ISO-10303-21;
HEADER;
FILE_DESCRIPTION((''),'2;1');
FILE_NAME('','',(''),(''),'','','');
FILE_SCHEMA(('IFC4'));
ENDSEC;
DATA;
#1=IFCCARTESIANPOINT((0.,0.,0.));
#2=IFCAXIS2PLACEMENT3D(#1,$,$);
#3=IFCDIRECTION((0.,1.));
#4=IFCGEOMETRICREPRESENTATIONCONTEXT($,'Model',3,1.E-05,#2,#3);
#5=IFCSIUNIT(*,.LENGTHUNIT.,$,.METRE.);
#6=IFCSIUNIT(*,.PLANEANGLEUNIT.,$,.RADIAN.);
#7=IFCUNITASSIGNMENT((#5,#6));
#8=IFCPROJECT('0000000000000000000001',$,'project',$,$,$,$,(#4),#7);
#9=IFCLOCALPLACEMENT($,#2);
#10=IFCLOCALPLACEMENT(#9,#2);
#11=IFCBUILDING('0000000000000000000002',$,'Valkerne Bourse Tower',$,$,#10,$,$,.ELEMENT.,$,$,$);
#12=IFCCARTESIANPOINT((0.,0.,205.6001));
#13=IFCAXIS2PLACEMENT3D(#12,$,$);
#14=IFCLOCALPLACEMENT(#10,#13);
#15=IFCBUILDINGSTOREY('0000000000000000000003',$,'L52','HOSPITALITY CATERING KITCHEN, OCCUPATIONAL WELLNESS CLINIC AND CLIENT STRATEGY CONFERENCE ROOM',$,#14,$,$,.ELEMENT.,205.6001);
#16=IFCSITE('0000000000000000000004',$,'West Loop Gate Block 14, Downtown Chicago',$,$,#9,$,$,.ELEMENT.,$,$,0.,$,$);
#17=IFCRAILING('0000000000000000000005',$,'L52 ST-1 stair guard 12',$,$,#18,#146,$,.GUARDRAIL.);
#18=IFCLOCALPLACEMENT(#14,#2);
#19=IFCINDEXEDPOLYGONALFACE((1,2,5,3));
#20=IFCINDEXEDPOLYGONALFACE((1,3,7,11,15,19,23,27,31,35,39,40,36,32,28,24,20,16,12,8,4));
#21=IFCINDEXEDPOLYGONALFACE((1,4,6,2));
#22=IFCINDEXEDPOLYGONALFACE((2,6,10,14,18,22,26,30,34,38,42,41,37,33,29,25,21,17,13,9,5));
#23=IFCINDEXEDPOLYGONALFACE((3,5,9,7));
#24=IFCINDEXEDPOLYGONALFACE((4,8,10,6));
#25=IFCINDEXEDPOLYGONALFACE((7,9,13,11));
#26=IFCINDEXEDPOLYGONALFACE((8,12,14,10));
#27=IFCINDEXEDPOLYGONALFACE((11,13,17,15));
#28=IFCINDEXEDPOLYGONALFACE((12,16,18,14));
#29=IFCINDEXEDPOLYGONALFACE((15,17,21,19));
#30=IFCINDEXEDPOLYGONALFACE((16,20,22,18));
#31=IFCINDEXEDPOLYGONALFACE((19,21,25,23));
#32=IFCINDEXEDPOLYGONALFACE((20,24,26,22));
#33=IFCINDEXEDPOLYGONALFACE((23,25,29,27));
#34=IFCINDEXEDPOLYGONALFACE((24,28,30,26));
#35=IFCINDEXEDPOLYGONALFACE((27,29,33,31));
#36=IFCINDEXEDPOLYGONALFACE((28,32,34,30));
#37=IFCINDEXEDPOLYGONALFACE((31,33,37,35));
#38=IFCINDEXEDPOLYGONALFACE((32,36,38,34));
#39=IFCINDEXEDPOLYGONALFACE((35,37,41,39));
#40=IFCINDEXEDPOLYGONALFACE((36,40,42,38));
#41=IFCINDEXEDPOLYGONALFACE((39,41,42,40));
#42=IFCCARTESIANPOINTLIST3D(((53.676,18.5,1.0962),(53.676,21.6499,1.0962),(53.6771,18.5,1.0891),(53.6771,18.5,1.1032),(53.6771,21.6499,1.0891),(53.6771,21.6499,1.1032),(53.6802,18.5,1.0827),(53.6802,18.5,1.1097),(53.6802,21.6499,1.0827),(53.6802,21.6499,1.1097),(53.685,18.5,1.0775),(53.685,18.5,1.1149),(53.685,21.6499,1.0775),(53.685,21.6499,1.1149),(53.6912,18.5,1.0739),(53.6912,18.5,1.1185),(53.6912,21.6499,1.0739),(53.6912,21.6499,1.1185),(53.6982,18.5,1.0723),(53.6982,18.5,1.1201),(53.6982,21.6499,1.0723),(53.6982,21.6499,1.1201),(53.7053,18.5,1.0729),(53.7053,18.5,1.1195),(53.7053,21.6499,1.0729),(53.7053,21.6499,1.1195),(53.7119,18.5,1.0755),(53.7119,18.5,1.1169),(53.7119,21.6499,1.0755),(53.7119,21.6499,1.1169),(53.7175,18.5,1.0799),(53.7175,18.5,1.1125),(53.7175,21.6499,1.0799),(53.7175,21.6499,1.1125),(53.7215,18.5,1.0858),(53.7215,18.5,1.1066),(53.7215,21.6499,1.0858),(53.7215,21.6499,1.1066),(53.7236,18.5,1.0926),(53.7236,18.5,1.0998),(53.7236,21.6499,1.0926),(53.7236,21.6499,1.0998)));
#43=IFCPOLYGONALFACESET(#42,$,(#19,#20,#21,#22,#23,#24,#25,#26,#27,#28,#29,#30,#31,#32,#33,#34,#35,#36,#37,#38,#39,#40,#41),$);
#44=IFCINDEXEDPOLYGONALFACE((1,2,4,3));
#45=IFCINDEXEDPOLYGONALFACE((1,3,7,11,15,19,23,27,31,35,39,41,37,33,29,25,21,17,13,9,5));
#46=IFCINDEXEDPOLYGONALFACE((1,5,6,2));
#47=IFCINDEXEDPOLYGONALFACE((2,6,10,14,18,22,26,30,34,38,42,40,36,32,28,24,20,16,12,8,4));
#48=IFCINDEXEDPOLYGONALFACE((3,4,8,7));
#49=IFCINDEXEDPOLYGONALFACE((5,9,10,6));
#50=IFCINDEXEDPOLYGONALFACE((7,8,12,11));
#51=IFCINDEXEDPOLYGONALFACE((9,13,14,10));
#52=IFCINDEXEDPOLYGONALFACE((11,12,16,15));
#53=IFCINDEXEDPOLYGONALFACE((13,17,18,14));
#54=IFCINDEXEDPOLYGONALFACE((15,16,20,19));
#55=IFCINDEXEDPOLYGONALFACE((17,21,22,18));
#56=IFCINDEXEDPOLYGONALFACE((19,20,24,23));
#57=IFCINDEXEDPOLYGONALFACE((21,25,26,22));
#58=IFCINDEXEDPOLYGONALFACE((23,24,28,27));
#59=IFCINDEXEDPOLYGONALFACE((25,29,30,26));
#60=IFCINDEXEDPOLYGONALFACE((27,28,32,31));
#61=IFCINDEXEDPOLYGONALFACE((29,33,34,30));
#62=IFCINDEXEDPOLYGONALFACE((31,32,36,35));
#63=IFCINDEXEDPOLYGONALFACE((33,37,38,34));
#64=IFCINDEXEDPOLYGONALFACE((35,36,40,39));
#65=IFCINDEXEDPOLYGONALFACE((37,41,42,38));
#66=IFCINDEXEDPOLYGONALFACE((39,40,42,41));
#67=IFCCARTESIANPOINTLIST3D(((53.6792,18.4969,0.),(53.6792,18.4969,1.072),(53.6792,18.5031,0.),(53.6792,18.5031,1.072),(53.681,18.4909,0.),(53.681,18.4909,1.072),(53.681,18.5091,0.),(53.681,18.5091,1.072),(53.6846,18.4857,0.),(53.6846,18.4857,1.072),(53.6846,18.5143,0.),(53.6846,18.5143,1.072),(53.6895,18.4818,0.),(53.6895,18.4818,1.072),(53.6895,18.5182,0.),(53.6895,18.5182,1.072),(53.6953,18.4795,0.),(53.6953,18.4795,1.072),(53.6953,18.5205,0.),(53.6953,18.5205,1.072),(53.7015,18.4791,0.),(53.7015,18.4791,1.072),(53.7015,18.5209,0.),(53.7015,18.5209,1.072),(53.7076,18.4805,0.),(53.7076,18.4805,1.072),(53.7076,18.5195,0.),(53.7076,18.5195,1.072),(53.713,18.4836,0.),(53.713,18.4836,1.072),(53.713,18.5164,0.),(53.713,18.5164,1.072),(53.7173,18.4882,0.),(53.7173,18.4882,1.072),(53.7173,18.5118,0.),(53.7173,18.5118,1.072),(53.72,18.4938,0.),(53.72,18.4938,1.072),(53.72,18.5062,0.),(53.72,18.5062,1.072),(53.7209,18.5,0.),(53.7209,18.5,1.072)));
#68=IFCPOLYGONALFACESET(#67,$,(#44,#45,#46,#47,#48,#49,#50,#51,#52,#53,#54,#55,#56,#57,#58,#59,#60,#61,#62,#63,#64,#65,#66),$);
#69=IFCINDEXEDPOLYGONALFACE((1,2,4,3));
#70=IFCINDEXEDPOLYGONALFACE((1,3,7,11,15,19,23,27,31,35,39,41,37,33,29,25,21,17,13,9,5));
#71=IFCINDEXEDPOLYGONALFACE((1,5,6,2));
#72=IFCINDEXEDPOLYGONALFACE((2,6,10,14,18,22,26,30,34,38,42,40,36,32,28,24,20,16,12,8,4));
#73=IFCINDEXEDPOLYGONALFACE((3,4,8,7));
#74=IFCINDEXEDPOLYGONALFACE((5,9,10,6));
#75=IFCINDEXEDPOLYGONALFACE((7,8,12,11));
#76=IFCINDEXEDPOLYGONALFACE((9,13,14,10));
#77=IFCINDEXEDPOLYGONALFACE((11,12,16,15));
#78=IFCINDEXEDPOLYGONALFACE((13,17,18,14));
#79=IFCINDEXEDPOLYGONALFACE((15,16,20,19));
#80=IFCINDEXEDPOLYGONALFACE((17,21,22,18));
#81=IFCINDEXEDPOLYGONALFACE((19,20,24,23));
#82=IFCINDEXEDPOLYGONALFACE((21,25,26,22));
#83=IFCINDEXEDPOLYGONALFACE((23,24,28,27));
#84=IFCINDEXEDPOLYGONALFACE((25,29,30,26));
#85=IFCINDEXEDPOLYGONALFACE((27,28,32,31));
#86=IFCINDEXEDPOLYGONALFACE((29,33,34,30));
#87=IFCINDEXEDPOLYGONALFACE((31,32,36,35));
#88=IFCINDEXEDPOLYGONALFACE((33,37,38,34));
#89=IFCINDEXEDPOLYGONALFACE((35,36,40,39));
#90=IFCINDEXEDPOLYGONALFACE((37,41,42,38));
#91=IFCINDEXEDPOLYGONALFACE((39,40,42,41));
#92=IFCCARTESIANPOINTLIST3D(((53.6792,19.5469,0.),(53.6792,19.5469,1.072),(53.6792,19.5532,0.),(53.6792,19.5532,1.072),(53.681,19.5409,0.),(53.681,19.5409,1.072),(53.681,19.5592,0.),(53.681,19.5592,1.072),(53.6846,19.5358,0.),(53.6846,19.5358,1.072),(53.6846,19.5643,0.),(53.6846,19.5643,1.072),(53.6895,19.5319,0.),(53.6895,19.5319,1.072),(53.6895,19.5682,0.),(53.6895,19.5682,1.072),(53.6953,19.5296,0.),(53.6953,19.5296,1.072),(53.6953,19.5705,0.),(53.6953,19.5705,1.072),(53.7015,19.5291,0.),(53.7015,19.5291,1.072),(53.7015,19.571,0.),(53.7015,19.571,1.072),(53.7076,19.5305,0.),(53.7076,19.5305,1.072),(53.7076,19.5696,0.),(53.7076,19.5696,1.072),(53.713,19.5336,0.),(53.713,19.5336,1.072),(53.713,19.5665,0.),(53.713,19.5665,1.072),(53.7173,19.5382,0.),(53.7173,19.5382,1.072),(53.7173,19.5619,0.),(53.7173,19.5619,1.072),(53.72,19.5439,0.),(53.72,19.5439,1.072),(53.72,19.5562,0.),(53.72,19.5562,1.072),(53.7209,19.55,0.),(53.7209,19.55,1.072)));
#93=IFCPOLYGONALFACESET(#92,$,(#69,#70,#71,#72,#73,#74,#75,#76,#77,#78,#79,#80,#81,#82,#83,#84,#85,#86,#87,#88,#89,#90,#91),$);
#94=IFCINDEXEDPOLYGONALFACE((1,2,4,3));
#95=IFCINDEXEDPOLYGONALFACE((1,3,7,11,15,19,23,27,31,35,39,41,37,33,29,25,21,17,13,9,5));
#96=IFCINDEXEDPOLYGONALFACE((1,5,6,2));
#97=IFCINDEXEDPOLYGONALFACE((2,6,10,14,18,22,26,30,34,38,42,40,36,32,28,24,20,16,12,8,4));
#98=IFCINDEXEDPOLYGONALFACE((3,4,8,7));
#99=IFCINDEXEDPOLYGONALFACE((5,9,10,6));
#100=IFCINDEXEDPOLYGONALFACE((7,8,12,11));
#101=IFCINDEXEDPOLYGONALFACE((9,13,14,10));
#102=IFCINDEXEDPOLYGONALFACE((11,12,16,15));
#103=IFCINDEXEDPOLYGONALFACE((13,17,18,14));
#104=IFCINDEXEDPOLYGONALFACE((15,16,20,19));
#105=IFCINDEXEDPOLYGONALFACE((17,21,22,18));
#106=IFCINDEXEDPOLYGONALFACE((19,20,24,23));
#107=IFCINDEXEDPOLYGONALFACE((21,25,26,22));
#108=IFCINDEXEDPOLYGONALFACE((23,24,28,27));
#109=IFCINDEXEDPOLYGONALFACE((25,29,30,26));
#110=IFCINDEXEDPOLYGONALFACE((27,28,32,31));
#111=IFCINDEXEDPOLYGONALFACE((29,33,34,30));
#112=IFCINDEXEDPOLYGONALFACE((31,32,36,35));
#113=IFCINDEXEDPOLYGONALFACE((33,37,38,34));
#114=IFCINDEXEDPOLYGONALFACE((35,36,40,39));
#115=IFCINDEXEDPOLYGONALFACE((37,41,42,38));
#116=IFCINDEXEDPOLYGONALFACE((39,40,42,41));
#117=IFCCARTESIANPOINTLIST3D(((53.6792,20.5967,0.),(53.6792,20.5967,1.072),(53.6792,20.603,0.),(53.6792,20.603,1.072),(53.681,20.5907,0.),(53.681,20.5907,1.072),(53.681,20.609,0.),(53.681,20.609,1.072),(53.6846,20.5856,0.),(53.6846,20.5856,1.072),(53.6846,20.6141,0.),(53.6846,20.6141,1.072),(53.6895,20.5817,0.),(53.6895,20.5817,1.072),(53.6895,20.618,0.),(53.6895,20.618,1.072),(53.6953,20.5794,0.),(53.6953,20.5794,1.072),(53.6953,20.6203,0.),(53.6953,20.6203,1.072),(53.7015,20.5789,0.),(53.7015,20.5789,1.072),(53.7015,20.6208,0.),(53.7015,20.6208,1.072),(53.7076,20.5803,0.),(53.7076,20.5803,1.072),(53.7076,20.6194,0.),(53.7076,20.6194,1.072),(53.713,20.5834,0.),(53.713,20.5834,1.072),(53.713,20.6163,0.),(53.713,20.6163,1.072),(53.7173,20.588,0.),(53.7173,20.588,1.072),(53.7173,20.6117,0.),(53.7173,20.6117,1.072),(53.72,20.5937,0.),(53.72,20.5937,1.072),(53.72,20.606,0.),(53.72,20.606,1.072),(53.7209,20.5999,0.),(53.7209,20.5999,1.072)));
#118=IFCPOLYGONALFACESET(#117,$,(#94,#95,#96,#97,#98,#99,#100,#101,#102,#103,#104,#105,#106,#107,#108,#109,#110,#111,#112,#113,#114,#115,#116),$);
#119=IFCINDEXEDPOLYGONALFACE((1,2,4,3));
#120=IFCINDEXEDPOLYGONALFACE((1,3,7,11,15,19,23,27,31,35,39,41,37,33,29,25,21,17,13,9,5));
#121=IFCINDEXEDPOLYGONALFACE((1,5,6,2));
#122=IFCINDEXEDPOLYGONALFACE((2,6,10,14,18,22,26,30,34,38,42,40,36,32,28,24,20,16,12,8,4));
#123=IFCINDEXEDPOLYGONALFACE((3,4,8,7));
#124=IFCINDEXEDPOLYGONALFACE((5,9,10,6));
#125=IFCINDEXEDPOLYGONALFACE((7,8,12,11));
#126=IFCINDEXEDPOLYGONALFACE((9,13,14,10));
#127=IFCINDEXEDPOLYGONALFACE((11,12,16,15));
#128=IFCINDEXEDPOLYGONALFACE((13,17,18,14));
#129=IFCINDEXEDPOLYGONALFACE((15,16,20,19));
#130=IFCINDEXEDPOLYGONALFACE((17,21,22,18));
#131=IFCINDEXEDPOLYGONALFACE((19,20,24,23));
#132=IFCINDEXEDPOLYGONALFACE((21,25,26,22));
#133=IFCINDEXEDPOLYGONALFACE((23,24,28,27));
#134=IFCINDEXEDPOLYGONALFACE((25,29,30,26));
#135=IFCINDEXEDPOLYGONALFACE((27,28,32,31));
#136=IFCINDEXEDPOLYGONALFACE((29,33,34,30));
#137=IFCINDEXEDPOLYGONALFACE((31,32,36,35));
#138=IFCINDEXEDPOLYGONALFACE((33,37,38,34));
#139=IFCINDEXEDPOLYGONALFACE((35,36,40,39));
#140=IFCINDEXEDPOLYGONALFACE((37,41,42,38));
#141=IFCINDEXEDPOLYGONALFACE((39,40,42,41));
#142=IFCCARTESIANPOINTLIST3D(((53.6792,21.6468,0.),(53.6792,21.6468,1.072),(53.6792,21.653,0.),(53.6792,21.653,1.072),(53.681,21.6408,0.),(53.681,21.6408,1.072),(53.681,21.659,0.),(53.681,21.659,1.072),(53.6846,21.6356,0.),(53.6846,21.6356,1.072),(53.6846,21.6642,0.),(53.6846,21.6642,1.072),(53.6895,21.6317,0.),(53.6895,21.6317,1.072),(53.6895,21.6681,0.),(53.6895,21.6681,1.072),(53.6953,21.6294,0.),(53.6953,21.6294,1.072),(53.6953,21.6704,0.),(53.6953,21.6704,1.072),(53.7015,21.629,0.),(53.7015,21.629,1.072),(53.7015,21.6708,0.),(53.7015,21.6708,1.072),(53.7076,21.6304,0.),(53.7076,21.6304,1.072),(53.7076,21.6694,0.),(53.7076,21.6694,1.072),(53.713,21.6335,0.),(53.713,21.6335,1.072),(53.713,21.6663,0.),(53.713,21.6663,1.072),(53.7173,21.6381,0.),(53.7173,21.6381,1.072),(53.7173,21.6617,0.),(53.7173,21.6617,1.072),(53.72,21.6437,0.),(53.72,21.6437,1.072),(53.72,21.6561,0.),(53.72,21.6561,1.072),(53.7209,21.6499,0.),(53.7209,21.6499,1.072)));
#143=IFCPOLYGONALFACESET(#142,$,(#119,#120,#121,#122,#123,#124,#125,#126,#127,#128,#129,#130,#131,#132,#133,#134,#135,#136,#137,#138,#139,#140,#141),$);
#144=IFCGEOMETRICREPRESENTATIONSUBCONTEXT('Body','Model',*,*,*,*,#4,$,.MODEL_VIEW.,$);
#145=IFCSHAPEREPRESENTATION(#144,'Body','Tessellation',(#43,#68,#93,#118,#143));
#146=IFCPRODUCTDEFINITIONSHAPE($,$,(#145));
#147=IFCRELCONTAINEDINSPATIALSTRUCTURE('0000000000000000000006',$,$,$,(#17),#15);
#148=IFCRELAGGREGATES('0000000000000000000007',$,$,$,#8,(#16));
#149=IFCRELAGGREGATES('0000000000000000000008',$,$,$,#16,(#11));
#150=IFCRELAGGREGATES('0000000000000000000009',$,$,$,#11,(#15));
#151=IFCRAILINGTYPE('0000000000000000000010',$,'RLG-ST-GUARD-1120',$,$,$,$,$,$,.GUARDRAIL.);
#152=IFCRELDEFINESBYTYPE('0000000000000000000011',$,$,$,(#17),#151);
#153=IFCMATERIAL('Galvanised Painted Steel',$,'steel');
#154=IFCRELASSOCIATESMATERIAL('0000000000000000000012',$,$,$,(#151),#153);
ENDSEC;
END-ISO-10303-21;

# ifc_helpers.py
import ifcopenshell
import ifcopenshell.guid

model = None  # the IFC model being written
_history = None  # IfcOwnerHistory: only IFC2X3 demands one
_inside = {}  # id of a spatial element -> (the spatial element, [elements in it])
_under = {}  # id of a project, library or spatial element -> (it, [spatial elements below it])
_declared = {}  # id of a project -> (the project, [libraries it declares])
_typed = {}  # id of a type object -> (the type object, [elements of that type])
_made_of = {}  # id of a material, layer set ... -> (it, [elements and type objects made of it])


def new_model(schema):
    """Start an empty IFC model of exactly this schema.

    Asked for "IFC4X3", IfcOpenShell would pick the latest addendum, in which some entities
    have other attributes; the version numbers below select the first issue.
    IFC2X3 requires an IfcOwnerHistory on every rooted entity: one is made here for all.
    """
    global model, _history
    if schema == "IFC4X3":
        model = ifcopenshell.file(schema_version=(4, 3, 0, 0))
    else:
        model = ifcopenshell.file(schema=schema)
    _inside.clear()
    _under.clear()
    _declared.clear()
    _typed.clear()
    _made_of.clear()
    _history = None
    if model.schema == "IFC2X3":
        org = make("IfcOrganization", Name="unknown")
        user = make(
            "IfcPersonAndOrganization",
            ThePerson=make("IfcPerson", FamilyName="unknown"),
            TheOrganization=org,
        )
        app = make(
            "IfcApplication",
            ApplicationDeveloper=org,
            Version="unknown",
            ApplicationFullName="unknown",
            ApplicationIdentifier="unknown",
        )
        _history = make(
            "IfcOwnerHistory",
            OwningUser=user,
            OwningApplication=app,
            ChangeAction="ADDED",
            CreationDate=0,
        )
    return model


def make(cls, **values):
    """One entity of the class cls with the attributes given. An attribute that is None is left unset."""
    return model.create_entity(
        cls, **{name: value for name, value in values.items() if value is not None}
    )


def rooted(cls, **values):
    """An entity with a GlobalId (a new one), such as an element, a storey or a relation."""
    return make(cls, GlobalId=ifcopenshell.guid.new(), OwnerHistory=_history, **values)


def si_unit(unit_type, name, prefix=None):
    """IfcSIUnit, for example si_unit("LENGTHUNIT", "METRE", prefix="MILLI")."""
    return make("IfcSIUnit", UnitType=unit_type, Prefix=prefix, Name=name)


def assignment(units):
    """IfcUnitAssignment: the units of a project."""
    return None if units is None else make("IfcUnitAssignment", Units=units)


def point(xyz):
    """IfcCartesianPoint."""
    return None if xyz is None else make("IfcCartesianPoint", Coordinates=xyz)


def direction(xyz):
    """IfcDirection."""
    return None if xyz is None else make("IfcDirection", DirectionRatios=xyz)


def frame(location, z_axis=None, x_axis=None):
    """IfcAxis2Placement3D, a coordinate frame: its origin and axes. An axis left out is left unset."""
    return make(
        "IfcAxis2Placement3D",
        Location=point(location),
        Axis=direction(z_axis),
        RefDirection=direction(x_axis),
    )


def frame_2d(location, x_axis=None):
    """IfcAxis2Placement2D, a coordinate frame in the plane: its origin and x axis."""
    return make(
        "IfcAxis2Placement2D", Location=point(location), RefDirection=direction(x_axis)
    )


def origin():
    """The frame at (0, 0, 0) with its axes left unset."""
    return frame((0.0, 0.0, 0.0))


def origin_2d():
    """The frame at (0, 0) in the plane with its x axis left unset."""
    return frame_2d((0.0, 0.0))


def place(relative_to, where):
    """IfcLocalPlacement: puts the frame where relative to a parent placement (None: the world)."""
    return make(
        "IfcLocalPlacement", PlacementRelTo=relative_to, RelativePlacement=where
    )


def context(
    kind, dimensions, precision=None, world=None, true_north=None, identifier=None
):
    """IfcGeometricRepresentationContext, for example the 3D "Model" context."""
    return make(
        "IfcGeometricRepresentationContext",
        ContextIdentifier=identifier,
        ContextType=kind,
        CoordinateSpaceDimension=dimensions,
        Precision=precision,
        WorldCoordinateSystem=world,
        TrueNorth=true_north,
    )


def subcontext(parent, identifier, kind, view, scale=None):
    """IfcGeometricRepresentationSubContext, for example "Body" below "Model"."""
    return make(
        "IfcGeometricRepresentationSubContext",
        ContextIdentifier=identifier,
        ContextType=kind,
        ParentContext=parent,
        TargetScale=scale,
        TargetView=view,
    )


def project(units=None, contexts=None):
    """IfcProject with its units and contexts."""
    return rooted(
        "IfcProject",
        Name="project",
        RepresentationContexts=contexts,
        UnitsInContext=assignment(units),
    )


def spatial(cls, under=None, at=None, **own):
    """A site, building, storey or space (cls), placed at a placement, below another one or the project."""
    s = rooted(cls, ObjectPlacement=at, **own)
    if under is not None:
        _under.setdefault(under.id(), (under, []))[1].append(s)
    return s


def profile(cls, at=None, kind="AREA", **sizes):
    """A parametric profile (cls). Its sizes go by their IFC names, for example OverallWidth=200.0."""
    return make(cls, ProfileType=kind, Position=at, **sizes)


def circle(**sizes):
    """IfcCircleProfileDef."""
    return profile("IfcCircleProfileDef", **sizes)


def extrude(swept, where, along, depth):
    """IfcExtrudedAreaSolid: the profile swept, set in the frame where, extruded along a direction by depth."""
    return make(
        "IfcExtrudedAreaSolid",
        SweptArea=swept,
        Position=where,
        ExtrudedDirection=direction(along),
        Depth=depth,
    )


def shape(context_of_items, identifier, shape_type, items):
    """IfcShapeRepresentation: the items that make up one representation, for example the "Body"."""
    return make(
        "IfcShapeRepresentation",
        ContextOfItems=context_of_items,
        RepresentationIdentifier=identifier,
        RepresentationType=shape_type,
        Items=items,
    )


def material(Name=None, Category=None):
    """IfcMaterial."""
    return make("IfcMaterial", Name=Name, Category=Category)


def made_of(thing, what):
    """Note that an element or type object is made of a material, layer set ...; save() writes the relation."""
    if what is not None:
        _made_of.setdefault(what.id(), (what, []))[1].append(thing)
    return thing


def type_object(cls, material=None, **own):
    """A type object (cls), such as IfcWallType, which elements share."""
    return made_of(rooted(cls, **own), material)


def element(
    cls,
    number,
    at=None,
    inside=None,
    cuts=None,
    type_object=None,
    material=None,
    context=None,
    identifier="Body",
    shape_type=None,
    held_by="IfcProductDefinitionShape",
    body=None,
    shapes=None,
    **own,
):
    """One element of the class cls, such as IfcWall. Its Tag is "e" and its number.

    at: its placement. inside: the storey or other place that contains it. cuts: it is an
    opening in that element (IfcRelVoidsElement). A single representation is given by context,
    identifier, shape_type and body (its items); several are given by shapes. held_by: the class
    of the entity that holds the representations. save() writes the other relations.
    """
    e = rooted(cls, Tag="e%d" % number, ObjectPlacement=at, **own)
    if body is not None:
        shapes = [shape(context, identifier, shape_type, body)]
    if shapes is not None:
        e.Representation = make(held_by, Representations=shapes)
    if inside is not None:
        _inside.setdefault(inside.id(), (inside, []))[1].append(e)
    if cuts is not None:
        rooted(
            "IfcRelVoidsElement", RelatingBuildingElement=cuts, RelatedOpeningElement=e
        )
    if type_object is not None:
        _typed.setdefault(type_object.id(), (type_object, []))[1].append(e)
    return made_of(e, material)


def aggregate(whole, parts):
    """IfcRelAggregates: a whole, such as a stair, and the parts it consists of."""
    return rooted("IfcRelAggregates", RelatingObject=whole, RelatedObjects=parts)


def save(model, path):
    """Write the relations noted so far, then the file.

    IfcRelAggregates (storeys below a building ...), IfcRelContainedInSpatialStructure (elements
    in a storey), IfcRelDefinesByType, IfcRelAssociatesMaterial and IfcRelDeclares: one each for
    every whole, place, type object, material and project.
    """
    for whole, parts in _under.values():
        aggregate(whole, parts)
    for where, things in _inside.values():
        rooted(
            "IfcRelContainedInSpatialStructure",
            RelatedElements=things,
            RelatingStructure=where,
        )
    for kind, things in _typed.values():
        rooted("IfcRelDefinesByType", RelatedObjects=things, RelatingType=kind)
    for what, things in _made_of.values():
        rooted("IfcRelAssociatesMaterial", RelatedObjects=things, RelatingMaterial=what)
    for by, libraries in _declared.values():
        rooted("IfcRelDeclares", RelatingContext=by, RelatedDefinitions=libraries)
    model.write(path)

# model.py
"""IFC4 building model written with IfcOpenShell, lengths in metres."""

from ifc_helpers import new_model, si_unit, direction, frame, origin, origin_2d, place, context, subcontext, project, spatial, circle, extrude, material, type_object, element, save


model = new_model("IFC4")

# Units and contexts
model_context = context("Model", 3, precision=1e-05, world=origin(), true_north=direction((0.0, 1.0)))
body_context = subcontext(model_context, "Body", "Model", "MODEL_VIEW")
ifc_project = project(units=[si_unit("LENGTHUNIT", "METRE"), si_unit("PLANEANGLEUNIT", "RADIAN")], contexts=[model_context])

# Site, building, storey
site_placement = place(None, origin())
site = spatial("IfcSite", under=ifc_project, at=site_placement, Name="West Loop Gate Block 14, Downtown Chicago", CompositionType="ELEMENT", RefElevation=0.0)
building_placement = place(site_placement, origin())
building = spatial("IfcBuilding", under=site, at=building_placement, Name="Valkerne Bourse Tower", CompositionType="ELEMENT")
storey_placement = place(building_placement, frame((0.0, 0.0, 205.6001)))
storey = spatial("IfcBuildingStorey", under=building, at=storey_placement, Name="L52", Description="HOSPITALITY CATERING KITCHEN, OCCUPATIONAL WELLNESS CLINIC AND CLIENT STRATEGY CONFERENCE ROOM", CompositionType="ELEMENT", Elevation=205.6001)

# Railing
ifc_material_1 = material(Name="Galvanised Painted Steel", Category="steel")
railing_type = type_object("IfcRailingType", Name="RLG-ST-GUARD-1120", PredefinedType="GUARDRAIL", material=ifc_material_1)
railing_1_placement = place(storey_placement, frame((53.7, 18.5, 0.0)))
element("IfcRailing", 1, at=railing_1_placement, inside=storey, type_object=railing_type, Name="L52 ST-1 stair guard 12", PredefinedType="GUARDRAIL", context=body_context, shape_type="SweptSolid", body=[
    extrude(circle(Radius=0.0239, at=origin_2d()), frame((0.0, 0.0, 1.0962), z_axis=(0.0, 1.0, 0.0), x_axis=(-1.0, 0.0, 0.0)), (0.0, 0.0, 1.0), 3.1499),
    extrude(circle(Radius=0.021, at=origin_2d()), origin(), (0.0, 0.0, 1.0), 1.072),
    extrude(circle(Radius=0.021, at=origin_2d()), frame((0.0, 1.05, 0.0)), (0.0, 0.0, 1.0), 1.072),
    extrude(circle(Radius=0.021, at=origin_2d()), frame((0.0, 2.0999, 0.0)), (0.0, 0.0, 1.0), 1.072),
    extrude(circle(Radius=0.021, at=origin_2d()), frame((0.0, 3.1499, 0.0)), (0.0, 0.0, 1.0), 1.072),
])

save(model, "model.ifc")
